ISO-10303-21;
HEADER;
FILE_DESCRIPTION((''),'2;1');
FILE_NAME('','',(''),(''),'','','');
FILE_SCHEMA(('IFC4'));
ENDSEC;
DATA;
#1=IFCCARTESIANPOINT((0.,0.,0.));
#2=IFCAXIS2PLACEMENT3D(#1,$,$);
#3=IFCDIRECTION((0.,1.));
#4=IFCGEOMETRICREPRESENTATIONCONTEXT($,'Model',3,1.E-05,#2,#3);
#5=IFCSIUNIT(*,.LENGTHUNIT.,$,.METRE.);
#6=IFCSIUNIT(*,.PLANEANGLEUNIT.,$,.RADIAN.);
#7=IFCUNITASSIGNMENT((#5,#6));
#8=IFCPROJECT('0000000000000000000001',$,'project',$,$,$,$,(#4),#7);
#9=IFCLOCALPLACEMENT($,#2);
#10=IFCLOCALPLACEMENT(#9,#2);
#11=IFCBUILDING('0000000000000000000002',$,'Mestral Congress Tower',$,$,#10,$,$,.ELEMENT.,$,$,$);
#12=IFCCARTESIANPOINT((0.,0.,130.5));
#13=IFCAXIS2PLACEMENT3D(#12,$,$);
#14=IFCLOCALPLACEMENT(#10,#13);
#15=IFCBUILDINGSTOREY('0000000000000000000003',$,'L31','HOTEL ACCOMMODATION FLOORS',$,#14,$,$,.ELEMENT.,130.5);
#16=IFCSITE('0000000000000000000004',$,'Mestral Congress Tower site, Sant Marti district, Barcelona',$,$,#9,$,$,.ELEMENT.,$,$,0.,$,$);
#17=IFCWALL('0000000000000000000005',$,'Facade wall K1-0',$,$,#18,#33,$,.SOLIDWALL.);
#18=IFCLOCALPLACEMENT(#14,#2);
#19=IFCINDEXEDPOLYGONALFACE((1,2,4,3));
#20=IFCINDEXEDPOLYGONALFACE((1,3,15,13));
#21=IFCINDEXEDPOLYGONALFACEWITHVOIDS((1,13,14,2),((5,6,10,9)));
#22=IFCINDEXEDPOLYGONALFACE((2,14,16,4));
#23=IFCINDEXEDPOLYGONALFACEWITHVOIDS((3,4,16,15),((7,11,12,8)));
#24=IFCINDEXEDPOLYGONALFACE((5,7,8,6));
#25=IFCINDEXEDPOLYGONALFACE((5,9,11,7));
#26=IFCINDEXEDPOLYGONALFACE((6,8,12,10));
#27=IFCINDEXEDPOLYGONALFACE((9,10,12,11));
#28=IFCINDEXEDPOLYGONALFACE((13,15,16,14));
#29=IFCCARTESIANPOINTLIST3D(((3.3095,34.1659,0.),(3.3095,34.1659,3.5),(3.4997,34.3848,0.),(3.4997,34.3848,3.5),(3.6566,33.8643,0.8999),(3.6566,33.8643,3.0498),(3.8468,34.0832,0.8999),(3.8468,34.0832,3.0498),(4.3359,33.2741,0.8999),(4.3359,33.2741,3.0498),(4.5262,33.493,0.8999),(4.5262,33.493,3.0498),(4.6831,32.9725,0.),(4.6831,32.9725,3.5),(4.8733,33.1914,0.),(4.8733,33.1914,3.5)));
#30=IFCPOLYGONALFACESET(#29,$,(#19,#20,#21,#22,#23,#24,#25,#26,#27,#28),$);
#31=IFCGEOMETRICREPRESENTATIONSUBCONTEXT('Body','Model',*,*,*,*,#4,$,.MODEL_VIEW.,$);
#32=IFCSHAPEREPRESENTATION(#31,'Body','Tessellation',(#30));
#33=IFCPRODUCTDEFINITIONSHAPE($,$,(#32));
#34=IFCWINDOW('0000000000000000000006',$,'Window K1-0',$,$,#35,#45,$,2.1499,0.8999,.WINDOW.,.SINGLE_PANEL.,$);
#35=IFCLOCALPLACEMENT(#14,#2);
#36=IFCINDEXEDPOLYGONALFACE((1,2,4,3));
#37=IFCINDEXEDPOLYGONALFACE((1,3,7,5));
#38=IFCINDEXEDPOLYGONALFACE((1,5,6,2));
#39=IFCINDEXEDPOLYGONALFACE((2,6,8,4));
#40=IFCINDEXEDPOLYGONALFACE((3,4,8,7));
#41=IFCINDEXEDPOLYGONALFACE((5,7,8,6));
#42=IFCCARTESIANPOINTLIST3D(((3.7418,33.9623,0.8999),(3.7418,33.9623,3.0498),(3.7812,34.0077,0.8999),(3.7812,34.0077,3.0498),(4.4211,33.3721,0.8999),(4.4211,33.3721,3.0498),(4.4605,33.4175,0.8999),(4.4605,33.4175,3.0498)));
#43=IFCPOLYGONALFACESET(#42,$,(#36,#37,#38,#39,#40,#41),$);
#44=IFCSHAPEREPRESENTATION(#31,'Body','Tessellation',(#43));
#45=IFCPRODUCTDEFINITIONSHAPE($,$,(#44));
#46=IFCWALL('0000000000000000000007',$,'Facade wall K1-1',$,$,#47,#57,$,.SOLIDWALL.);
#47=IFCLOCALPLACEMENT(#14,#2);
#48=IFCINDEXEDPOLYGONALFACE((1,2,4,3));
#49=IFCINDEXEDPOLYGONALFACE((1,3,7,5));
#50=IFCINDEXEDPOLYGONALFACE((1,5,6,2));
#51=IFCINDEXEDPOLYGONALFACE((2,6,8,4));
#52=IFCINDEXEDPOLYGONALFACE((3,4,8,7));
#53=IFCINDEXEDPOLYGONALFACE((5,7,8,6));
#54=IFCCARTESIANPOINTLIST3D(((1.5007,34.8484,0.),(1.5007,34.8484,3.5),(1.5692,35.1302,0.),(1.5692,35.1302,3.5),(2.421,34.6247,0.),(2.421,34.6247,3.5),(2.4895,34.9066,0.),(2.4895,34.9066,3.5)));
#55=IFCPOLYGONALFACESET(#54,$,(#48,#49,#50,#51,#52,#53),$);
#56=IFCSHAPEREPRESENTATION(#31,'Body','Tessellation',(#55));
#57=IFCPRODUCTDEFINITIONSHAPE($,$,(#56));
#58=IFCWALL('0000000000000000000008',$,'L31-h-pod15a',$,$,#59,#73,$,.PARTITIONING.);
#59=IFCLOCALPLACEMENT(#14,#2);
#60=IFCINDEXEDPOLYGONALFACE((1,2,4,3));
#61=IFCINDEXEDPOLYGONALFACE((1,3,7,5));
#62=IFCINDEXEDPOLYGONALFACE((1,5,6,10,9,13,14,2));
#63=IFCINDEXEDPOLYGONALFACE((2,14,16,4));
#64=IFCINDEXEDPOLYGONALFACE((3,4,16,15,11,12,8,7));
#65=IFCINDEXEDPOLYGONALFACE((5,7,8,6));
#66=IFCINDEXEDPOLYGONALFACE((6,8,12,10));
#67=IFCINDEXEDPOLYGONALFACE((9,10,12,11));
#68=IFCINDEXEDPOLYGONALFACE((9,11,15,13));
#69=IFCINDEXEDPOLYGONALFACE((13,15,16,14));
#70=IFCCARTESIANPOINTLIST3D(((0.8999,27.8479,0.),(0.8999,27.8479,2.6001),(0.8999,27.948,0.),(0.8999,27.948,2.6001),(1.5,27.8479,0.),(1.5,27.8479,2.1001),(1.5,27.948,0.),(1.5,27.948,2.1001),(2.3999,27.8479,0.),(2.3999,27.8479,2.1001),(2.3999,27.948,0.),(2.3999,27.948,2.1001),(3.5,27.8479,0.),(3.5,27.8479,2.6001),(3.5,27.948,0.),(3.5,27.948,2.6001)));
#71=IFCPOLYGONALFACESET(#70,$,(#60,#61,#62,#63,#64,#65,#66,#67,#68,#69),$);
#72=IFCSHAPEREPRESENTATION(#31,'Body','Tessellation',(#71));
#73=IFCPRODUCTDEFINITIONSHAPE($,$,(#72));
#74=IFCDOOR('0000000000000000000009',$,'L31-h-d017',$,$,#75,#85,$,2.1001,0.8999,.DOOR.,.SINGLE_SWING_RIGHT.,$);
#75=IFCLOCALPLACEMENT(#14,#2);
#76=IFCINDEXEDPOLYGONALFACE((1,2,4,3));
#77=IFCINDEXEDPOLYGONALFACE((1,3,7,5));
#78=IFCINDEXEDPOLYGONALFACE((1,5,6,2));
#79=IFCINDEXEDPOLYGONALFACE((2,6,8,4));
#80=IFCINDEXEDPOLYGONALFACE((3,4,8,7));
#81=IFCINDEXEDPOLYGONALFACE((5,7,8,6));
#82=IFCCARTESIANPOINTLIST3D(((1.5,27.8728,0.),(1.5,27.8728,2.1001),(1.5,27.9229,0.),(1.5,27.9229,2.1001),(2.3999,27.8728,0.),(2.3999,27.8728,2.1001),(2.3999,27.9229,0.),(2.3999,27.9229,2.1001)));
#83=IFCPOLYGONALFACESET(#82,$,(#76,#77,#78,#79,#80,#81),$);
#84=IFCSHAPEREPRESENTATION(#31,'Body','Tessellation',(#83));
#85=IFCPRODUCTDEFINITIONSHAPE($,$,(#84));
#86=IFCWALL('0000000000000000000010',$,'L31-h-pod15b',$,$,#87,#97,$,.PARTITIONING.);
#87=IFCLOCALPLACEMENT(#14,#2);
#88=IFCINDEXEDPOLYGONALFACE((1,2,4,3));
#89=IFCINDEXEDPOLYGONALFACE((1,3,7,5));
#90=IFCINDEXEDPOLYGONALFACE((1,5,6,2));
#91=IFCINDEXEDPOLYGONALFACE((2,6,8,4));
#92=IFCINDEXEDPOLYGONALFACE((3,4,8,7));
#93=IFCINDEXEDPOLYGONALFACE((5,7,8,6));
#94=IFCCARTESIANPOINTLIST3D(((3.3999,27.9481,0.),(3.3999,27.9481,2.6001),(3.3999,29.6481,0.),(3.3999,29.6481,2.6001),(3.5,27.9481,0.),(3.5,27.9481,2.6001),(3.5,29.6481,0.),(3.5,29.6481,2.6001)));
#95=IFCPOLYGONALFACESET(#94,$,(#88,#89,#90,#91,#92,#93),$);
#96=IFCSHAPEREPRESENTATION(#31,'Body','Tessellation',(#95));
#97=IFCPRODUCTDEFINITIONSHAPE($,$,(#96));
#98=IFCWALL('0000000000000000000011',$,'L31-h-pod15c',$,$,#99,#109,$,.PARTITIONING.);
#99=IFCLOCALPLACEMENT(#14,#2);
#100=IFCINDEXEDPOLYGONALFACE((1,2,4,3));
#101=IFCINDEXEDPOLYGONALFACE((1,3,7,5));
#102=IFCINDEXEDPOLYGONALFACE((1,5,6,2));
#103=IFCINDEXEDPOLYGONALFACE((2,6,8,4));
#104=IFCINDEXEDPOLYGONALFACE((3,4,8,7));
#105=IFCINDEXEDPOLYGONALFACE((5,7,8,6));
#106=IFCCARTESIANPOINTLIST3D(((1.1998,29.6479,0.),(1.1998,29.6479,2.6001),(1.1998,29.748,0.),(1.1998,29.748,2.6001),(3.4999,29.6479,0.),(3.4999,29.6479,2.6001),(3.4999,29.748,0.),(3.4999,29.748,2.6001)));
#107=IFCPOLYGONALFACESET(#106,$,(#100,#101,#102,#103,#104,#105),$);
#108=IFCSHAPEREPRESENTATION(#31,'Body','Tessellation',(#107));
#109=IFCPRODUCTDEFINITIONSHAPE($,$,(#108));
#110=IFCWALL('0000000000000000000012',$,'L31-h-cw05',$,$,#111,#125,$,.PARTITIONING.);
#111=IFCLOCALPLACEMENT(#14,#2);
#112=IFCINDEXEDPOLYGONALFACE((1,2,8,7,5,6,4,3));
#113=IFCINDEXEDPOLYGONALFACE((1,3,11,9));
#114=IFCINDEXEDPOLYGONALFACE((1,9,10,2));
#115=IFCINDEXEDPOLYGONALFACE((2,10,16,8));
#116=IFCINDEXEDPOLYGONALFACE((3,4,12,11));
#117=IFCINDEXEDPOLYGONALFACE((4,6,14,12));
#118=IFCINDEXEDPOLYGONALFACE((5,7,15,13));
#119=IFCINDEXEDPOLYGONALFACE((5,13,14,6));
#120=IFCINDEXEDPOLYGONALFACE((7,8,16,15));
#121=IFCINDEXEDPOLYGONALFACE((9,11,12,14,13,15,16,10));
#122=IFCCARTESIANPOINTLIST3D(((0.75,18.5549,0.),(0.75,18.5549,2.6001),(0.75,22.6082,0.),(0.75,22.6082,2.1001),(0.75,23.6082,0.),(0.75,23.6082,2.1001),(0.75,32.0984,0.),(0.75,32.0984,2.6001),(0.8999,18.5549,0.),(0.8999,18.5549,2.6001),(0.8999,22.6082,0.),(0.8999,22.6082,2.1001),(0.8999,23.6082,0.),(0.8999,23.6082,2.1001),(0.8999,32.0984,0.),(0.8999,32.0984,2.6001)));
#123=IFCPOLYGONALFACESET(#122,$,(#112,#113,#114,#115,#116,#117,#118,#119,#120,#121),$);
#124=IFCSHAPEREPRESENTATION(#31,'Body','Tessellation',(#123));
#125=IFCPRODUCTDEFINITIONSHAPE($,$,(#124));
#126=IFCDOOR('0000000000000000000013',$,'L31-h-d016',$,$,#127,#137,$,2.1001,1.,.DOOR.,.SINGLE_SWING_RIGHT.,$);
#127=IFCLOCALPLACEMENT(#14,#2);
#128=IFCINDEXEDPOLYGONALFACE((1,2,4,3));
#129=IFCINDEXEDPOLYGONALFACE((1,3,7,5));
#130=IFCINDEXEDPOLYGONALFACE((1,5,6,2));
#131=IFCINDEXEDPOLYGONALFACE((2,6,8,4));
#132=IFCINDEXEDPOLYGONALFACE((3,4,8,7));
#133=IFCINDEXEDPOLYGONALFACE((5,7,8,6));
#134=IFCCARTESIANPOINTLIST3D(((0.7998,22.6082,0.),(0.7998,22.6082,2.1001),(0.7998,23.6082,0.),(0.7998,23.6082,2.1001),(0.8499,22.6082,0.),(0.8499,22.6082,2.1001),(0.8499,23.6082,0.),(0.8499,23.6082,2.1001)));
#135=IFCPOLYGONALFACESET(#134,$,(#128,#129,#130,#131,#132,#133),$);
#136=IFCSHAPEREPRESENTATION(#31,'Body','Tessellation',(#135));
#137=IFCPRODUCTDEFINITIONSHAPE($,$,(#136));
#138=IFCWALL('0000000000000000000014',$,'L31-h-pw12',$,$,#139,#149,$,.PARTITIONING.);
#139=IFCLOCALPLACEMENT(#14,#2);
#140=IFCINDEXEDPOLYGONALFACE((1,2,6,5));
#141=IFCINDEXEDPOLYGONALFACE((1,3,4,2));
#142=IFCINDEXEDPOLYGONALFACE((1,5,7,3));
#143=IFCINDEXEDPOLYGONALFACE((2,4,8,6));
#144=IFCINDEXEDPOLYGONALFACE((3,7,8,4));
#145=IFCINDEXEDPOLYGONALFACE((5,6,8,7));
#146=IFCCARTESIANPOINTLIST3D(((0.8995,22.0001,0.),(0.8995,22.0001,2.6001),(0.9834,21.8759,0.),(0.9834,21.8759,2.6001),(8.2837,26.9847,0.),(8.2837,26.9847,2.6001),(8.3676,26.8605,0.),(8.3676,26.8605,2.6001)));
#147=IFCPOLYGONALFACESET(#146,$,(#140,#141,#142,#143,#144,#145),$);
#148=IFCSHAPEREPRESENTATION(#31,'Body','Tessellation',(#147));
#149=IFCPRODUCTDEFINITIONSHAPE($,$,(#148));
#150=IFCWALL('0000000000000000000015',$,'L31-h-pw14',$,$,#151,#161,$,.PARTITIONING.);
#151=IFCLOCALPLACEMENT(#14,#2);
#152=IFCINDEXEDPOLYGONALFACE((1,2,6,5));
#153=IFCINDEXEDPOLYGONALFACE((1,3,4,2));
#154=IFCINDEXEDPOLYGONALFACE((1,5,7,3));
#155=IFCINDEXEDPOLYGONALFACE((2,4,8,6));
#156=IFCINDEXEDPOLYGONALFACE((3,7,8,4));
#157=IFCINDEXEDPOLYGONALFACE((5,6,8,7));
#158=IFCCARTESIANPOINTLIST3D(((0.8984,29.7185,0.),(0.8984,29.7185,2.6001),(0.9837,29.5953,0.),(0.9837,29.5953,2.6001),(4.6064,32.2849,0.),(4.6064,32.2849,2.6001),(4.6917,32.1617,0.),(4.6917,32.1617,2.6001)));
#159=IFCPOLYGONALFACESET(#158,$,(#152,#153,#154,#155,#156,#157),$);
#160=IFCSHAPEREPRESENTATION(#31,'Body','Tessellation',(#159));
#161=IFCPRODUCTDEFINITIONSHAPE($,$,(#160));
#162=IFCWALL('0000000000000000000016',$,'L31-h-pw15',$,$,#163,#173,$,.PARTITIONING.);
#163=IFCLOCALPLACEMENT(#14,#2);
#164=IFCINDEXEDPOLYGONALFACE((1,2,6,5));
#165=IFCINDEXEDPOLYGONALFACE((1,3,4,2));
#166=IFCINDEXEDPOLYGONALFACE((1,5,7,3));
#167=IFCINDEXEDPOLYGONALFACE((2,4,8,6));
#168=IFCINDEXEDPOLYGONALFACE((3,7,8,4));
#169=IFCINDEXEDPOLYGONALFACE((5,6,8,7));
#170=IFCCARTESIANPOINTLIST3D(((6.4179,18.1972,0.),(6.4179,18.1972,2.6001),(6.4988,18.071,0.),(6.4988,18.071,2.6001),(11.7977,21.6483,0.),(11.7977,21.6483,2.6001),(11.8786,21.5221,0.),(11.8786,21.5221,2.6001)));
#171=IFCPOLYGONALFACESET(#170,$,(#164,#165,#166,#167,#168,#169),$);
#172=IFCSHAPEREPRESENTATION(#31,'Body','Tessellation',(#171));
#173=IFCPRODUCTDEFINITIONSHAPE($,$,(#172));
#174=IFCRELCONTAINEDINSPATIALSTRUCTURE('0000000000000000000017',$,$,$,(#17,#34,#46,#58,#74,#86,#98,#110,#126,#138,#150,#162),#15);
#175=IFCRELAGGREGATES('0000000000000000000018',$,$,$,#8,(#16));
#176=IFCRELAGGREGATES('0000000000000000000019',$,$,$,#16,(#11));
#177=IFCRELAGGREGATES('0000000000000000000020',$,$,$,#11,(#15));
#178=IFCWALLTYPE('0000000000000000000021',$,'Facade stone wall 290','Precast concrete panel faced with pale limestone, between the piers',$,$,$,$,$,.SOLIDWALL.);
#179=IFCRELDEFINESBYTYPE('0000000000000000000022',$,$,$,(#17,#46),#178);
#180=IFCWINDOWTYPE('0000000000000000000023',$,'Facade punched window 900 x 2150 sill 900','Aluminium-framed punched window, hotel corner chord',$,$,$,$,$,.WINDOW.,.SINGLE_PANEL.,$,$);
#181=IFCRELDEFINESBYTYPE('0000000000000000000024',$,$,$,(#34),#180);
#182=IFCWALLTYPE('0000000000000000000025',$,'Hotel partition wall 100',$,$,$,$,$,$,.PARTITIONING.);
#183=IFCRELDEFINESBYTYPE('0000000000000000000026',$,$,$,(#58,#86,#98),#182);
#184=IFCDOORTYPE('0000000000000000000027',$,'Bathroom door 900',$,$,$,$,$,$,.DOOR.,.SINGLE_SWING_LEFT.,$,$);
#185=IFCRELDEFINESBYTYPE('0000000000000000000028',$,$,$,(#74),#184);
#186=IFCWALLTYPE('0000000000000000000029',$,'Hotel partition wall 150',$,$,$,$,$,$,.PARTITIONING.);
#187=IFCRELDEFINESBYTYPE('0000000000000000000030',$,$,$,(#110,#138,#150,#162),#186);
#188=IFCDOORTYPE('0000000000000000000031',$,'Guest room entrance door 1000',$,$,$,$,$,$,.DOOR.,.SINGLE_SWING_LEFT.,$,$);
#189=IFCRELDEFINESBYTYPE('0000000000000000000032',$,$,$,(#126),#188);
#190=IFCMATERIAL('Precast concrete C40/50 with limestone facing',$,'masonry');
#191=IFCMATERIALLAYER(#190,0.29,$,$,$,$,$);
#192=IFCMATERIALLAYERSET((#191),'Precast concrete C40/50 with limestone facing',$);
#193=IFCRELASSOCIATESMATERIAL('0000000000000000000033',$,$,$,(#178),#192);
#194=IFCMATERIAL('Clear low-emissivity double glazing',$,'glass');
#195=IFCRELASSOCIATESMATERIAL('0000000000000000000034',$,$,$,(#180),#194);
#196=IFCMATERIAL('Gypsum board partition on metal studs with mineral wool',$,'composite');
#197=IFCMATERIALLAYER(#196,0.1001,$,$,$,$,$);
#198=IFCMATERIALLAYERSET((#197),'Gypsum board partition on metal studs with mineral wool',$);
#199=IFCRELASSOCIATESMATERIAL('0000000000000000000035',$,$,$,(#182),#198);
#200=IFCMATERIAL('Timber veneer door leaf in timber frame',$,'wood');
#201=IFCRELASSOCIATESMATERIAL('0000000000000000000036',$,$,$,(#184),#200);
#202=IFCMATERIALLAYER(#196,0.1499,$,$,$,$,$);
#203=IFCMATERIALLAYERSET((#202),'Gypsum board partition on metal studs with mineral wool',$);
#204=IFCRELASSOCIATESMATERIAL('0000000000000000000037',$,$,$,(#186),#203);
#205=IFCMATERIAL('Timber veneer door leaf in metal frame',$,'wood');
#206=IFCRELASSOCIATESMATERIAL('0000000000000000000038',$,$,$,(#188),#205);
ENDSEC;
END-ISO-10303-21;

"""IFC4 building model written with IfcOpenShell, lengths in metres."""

from ifc_helpers import new_model, si_unit, direction, frame, frame_2d, origin, place, context, subcontext, project, spatial, rectangle, extrude, material, layer, layer_set, type_object, element, fill, save


model = new_model("IFC4")

# Units and contexts
model_context = context("Model", 3, precision=1e-05, world=origin(), true_north=direction((0.0, 1.0)))
body_context = subcontext(model_context, "Body", "Model", "MODEL_VIEW")
ifc_project = project(units=[si_unit("LENGTHUNIT", "METRE"), si_unit("PLANEANGLEUNIT", "RADIAN")], contexts=[model_context])

# Site, building, storey
site_placement = place(None, origin())
site = spatial("IfcSite", under=ifc_project, at=site_placement, Name="Mestral Congress Tower site, Sant Marti district, Barcelona", CompositionType="ELEMENT", RefElevation=0.0)
building_placement = place(site_placement, origin())
building = spatial("IfcBuilding", under=site, at=building_placement, Name="Mestral Congress Tower", CompositionType="ELEMENT")
storey_placement = place(building_placement, frame((0.0, 0.0, 130.5)))
storey = spatial("IfcBuildingStorey", under=building, at=storey_placement, Name="L31", Description="HOTEL ACCOMMODATION FLOORS", CompositionType="ELEMENT", Elevation=130.5)

# Shared definitions
ifc_material_1 = material(Name="Precast concrete C40/50 with limestone facing", Category="masonry")
ifc_layer_1 = layer(ifc_material_1, 0.29)
ifc_layer_set_1 = layer_set([ifc_layer_1], Name="Precast concrete C40/50 with limestone facing")
wall_type_1 = type_object("IfcWallType", Name="Facade stone wall 290", Description="Precast concrete panel faced with pale limestone, between the piers", PredefinedType="SOLIDWALL", material=ifc_layer_set_1)
ifc_material_2 = material(Name="Clear low-emissivity double glazing", Category="glass")

# Wall, opening, window
wall_1_placement = place(storey_placement, frame((4.7781, 33.082, 0.0), z_axis=(0.0, 0.0, 1.0), x_axis=(-0.754883, 0.65586, 0.0)))
wall_1 = element("IfcWall", 1, at=wall_1_placement, inside=storey, type_object=wall_type_1, Name="Facade wall K1-0", PredefinedType="SOLIDWALL", context=body_context, shape_type="SweptSolid", body=[
    extrude(rectangle(XDim=1.8196, YDim=0.29, at=frame_2d((0.9097, 0.0))), origin(), (0.0, 0.0, 1.0), 3.5),
])
opening_1_placement = place(wall_1_placement, frame((0.4597, 0.0, 0.8999)))
opening_1 = element("IfcOpeningElement", 2, at=opening_1_placement, cuts=wall_1, PredefinedType="OPENING", context=body_context, shape_type="SweptSolid", body=[
    extrude(rectangle(XDim=0.8999, YDim=2.1499, at=frame_2d((0.45, 1.075))), frame((0.0, 0.155, 0.0), z_axis=(0.0, -1.0, 0.0), x_axis=(1.0, 0.0, 0.0)), (0.0, 0.0, 1.0), 0.3101),
])
window_type_1 = type_object("IfcWindowType", Name="Facade punched window 900 x 2150 sill 900", Description="Aluminium-framed punched window, hotel corner chord", PartitioningType="SINGLE_PANEL", PredefinedType="WINDOW", material=ifc_material_2)
window_1_placement = place(opening_1_placement, origin())
window_1 = element("IfcWindow", 3, at=window_1_placement, inside=storey, type_object=window_type_1, Name="Window K1-0", OverallHeight=2.1499, OverallWidth=0.8999, PartitioningType="SINGLE_PANEL", PredefinedType="WINDOW", context=body_context, shape_type="SweptSolid", body=[
    extrude(rectangle(XDim=0.8999, YDim=2.1499, at=frame_2d((0.45, 1.075))), frame((0.0, 0.0151, 0.0), z_axis=(0.0, -1.0, 0.0), x_axis=(1.0, 0.0, 0.0)), (0.0, 0.0, 1.0), 0.0601),
])
fill(opening_1, window_1)

# Wall
wall_2_placement = place(storey_placement, frame((2.4553, 34.7656, 0.0), z_axis=(0.0, 0.0, 1.0), x_axis=(-0.971714, 0.236161, 0.0)))
element("IfcWall", 4, at=wall_2_placement, inside=storey, type_object=wall_type_1, Name="Facade wall K1-1", PredefinedType="SOLIDWALL", context=body_context, shape_type="SweptSolid", body=[
    extrude(rectangle(XDim=0.947, YDim=0.29, at=frame_2d((0.4736, 0.0))), origin(), (0.0, 0.0, 1.0), 3.5),
])

# Wall, opening, door
ifc_material_3 = material(Name="Gypsum board partition on metal studs with mineral wool", Category="composite")
ifc_layer_2 = layer(ifc_material_3, 0.1001)
ifc_layer_set_2 = layer_set([ifc_layer_2], Name="Gypsum board partition on metal studs with mineral wool")
wall_type_2 = type_object("IfcWallType", Name="Hotel partition wall 100", PredefinedType="PARTITIONING", material=ifc_layer_set_2)
wall_3_placement = place(storey_placement, frame((0.8999, 27.8979, 0.0), z_axis=(0.0, 0.0, 1.0), x_axis=(1.0, 0.0, 0.0)))
wall_3 = element("IfcWall", 5, at=wall_3_placement, inside=storey, type_object=wall_type_2, Name="L31-h-pod15a", PredefinedType="PARTITIONING", context=body_context, shape_type="SweptSolid", body=[
    extrude(rectangle(XDim=2.6001, YDim=0.1001, at=frame_2d((1.3, 0.0))), origin(), (0.0, 0.0, 1.0), 2.6001),
])
opening_2_placement = place(wall_3_placement, frame((0.6001, 0.0, 0.0)))
opening_2 = element("IfcOpeningElement", 6, at=opening_2_placement, cuts=wall_3, PredefinedType="OPENING", context=body_context, shape_type="SweptSolid", body=[
    extrude(rectangle(XDim=0.8999, YDim=2.1001, at=frame_2d((0.45, 1.05))), frame((0.0, 0.0601, 0.0), z_axis=(0.0, -1.0, 0.0), x_axis=(1.0, 0.0, 0.0)), (0.0, 0.0, 1.0), 0.1201),
])
ifc_material_4 = material(Name="Timber veneer door leaf in timber frame", Category="wood")
door_type_1 = type_object("IfcDoorType", Name="Bathroom door 900", OperationType="SINGLE_SWING_LEFT", PredefinedType="DOOR", material=ifc_material_4)
door_1_placement = place(opening_2_placement, origin())
door_1 = element("IfcDoor", 7, at=door_1_placement, inside=storey, type_object=door_type_1, Name="L31-h-d017", OperationType="SINGLE_SWING_RIGHT", OverallHeight=2.1001, OverallWidth=0.8999, PredefinedType="DOOR", context=body_context, shape_type="SweptSolid", body=[
    extrude(rectangle(XDim=0.8999, YDim=2.1001, at=frame_2d((0.45, 1.05))), frame((0.0, 0.0249, 0.0), z_axis=(0.0, -1.0, 0.0), x_axis=(1.0, 0.0, 0.0)), (0.0, 0.0, 1.0), 0.05),
])
fill(opening_2, door_1)

# Walls
wall_4_placement = place(storey_placement, frame((3.45, 27.948, 0.0), z_axis=(0.0, 0.0, 1.0), x_axis=(0.0, 1.0, 0.0)))
element("IfcWall", 8, at=wall_4_placement, inside=storey, type_object=wall_type_2, Name="L31-h-pod15b", PredefinedType="PARTITIONING", context=body_context, shape_type="SweptSolid", body=[
    extrude(rectangle(XDim=1.7, YDim=0.1001, at=frame_2d((0.8501, 0.0))), origin(), (0.0, 0.0, 1.0), 2.6001),
])
wall_5_placement = place(storey_placement, frame((1.2, 29.698, 0.0), z_axis=(0.0, 0.0, 1.0), x_axis=(1.0, 0.0, 0.0)))
element("IfcWall", 9, at=wall_5_placement, inside=storey, type_object=wall_type_2, Name="L31-h-pod15c", PredefinedType="PARTITIONING", context=body_context, shape_type="SweptSolid", body=[
    extrude(rectangle(XDim=2.3, YDim=0.1001, at=frame_2d((1.1499, 0.0))), origin(), (0.0, 0.0, 1.0), 2.6001),
])

# Wall, opening, door
ifc_layer_3 = layer(ifc_material_3, 0.1499)
ifc_layer_set_3 = layer_set([ifc_layer_3], Name="Gypsum board partition on metal studs with mineral wool")
wall_type_3 = type_object("IfcWallType", Name="Hotel partition wall 150", PredefinedType="PARTITIONING", material=ifc_layer_set_3)
wall_6_placement = place(storey_placement, frame((0.825, 32.0984, 0.0), z_axis=(0.0, 0.0, 1.0), x_axis=(0.0, -1.0, 0.0)))
wall_6 = element("IfcWall", 10, at=wall_6_placement, inside=storey, type_object=wall_type_3, Name="L31-h-cw05", PredefinedType="PARTITIONING", context=body_context, shape_type="SweptSolid", body=[
    extrude(rectangle(XDim=13.5435, YDim=0.1499, at=frame_2d((6.7717, 0.0))), origin(), (0.0, 0.0, 1.0), 2.6001),
])
opening_3_placement = place(wall_6_placement, frame((8.4902, 0.0, 0.0)))
opening_3 = element("IfcOpeningElement", 11, at=opening_3_placement, cuts=wall_6, PredefinedType="OPENING", context=body_context, shape_type="SweptSolid", body=[
    extrude(rectangle(XDim=1.0, YDim=2.1001, at=frame_2d((0.5, 1.05))), frame((0.0, 0.085, 0.0), z_axis=(0.0, -1.0, 0.0), x_axis=(1.0, 0.0, 0.0)), (0.0, 0.0, 1.0), 0.1699),
])
ifc_material_5 = material(Name="Timber veneer door leaf in metal frame", Category="wood")
door_type_2 = type_object("IfcDoorType", Name="Guest room entrance door 1000", OperationType="SINGLE_SWING_LEFT", PredefinedType="DOOR", material=ifc_material_5)
door_2_placement = place(opening_3_placement, origin())
door_2 = element("IfcDoor", 12, at=door_2_placement, inside=storey, type_object=door_type_2, Name="L31-h-d016", OperationType="SINGLE_SWING_RIGHT", OverallHeight=2.1001, OverallWidth=1.0, PredefinedType="DOOR", context=body_context, shape_type="SweptSolid", body=[
    extrude(rectangle(XDim=1.0, YDim=2.1001, at=frame_2d((0.5, 1.05))), frame((0.0, 0.0249, 0.0), z_axis=(0.0, -1.0, 0.0), x_axis=(1.0, 0.0, 0.0)), (0.0, 0.0, 1.0), 0.05),
])
fill(opening_3, door_2)

# Walls
wall_7_placement = place(storey_placement, frame((8.3257, 26.9226, 0.0), z_axis=(0.0, 0.0, 1.0), x_axis=(-0.828837, -0.559491, 0.0)))
element("IfcWall", 13, at=wall_7_placement, inside=storey, type_object=wall_type_3, Name="L31-h-pw12", PredefinedType="PARTITIONING", context=body_context, shape_type="SweptSolid", body=[
    extrude(rectangle(XDim=8.9092, YDim=0.1499, at=frame_2d((4.4546, 0.0))), origin(), (0.0, 0.0, 1.0), 2.6001),
])
wall_8_placement = place(storey_placement, frame((4.6492, 32.2234, 0.0), z_axis=(0.0, 0.0, 1.0), x_axis=(-0.822262, -0.569109, 0.0)))
element("IfcWall", 14, at=wall_8_placement, inside=storey, type_object=wall_type_3, Name="L31-h-pw14", PredefinedType="PARTITIONING", context=body_context, shape_type="SweptSolid", body=[
    extrude(rectangle(XDim=4.5095, YDim=0.1499, at=frame_2d((2.2549, 0.0))), origin(), (0.0, 0.0, 1.0), 2.6001),
])
wall_9_placement = place(storey_placement, frame((11.8381, 21.5852, 0.0), z_axis=(0.0, 0.0, 1.0), x_axis=(-0.841699, -0.539947, 0.0)))
element("IfcWall", 15, at=wall_9_placement, inside=storey, type_object=wall_type_3, Name="L31-h-pw15", PredefinedType="PARTITIONING", context=body_context, shape_type="SweptSolid", body=[
    extrude(rectangle(XDim=6.3916, YDim=0.1499, at=frame_2d((3.1958, 0.0))), origin(), (0.0, 0.0, 1.0), 2.6001),
])

save(model, "model.ifc")
